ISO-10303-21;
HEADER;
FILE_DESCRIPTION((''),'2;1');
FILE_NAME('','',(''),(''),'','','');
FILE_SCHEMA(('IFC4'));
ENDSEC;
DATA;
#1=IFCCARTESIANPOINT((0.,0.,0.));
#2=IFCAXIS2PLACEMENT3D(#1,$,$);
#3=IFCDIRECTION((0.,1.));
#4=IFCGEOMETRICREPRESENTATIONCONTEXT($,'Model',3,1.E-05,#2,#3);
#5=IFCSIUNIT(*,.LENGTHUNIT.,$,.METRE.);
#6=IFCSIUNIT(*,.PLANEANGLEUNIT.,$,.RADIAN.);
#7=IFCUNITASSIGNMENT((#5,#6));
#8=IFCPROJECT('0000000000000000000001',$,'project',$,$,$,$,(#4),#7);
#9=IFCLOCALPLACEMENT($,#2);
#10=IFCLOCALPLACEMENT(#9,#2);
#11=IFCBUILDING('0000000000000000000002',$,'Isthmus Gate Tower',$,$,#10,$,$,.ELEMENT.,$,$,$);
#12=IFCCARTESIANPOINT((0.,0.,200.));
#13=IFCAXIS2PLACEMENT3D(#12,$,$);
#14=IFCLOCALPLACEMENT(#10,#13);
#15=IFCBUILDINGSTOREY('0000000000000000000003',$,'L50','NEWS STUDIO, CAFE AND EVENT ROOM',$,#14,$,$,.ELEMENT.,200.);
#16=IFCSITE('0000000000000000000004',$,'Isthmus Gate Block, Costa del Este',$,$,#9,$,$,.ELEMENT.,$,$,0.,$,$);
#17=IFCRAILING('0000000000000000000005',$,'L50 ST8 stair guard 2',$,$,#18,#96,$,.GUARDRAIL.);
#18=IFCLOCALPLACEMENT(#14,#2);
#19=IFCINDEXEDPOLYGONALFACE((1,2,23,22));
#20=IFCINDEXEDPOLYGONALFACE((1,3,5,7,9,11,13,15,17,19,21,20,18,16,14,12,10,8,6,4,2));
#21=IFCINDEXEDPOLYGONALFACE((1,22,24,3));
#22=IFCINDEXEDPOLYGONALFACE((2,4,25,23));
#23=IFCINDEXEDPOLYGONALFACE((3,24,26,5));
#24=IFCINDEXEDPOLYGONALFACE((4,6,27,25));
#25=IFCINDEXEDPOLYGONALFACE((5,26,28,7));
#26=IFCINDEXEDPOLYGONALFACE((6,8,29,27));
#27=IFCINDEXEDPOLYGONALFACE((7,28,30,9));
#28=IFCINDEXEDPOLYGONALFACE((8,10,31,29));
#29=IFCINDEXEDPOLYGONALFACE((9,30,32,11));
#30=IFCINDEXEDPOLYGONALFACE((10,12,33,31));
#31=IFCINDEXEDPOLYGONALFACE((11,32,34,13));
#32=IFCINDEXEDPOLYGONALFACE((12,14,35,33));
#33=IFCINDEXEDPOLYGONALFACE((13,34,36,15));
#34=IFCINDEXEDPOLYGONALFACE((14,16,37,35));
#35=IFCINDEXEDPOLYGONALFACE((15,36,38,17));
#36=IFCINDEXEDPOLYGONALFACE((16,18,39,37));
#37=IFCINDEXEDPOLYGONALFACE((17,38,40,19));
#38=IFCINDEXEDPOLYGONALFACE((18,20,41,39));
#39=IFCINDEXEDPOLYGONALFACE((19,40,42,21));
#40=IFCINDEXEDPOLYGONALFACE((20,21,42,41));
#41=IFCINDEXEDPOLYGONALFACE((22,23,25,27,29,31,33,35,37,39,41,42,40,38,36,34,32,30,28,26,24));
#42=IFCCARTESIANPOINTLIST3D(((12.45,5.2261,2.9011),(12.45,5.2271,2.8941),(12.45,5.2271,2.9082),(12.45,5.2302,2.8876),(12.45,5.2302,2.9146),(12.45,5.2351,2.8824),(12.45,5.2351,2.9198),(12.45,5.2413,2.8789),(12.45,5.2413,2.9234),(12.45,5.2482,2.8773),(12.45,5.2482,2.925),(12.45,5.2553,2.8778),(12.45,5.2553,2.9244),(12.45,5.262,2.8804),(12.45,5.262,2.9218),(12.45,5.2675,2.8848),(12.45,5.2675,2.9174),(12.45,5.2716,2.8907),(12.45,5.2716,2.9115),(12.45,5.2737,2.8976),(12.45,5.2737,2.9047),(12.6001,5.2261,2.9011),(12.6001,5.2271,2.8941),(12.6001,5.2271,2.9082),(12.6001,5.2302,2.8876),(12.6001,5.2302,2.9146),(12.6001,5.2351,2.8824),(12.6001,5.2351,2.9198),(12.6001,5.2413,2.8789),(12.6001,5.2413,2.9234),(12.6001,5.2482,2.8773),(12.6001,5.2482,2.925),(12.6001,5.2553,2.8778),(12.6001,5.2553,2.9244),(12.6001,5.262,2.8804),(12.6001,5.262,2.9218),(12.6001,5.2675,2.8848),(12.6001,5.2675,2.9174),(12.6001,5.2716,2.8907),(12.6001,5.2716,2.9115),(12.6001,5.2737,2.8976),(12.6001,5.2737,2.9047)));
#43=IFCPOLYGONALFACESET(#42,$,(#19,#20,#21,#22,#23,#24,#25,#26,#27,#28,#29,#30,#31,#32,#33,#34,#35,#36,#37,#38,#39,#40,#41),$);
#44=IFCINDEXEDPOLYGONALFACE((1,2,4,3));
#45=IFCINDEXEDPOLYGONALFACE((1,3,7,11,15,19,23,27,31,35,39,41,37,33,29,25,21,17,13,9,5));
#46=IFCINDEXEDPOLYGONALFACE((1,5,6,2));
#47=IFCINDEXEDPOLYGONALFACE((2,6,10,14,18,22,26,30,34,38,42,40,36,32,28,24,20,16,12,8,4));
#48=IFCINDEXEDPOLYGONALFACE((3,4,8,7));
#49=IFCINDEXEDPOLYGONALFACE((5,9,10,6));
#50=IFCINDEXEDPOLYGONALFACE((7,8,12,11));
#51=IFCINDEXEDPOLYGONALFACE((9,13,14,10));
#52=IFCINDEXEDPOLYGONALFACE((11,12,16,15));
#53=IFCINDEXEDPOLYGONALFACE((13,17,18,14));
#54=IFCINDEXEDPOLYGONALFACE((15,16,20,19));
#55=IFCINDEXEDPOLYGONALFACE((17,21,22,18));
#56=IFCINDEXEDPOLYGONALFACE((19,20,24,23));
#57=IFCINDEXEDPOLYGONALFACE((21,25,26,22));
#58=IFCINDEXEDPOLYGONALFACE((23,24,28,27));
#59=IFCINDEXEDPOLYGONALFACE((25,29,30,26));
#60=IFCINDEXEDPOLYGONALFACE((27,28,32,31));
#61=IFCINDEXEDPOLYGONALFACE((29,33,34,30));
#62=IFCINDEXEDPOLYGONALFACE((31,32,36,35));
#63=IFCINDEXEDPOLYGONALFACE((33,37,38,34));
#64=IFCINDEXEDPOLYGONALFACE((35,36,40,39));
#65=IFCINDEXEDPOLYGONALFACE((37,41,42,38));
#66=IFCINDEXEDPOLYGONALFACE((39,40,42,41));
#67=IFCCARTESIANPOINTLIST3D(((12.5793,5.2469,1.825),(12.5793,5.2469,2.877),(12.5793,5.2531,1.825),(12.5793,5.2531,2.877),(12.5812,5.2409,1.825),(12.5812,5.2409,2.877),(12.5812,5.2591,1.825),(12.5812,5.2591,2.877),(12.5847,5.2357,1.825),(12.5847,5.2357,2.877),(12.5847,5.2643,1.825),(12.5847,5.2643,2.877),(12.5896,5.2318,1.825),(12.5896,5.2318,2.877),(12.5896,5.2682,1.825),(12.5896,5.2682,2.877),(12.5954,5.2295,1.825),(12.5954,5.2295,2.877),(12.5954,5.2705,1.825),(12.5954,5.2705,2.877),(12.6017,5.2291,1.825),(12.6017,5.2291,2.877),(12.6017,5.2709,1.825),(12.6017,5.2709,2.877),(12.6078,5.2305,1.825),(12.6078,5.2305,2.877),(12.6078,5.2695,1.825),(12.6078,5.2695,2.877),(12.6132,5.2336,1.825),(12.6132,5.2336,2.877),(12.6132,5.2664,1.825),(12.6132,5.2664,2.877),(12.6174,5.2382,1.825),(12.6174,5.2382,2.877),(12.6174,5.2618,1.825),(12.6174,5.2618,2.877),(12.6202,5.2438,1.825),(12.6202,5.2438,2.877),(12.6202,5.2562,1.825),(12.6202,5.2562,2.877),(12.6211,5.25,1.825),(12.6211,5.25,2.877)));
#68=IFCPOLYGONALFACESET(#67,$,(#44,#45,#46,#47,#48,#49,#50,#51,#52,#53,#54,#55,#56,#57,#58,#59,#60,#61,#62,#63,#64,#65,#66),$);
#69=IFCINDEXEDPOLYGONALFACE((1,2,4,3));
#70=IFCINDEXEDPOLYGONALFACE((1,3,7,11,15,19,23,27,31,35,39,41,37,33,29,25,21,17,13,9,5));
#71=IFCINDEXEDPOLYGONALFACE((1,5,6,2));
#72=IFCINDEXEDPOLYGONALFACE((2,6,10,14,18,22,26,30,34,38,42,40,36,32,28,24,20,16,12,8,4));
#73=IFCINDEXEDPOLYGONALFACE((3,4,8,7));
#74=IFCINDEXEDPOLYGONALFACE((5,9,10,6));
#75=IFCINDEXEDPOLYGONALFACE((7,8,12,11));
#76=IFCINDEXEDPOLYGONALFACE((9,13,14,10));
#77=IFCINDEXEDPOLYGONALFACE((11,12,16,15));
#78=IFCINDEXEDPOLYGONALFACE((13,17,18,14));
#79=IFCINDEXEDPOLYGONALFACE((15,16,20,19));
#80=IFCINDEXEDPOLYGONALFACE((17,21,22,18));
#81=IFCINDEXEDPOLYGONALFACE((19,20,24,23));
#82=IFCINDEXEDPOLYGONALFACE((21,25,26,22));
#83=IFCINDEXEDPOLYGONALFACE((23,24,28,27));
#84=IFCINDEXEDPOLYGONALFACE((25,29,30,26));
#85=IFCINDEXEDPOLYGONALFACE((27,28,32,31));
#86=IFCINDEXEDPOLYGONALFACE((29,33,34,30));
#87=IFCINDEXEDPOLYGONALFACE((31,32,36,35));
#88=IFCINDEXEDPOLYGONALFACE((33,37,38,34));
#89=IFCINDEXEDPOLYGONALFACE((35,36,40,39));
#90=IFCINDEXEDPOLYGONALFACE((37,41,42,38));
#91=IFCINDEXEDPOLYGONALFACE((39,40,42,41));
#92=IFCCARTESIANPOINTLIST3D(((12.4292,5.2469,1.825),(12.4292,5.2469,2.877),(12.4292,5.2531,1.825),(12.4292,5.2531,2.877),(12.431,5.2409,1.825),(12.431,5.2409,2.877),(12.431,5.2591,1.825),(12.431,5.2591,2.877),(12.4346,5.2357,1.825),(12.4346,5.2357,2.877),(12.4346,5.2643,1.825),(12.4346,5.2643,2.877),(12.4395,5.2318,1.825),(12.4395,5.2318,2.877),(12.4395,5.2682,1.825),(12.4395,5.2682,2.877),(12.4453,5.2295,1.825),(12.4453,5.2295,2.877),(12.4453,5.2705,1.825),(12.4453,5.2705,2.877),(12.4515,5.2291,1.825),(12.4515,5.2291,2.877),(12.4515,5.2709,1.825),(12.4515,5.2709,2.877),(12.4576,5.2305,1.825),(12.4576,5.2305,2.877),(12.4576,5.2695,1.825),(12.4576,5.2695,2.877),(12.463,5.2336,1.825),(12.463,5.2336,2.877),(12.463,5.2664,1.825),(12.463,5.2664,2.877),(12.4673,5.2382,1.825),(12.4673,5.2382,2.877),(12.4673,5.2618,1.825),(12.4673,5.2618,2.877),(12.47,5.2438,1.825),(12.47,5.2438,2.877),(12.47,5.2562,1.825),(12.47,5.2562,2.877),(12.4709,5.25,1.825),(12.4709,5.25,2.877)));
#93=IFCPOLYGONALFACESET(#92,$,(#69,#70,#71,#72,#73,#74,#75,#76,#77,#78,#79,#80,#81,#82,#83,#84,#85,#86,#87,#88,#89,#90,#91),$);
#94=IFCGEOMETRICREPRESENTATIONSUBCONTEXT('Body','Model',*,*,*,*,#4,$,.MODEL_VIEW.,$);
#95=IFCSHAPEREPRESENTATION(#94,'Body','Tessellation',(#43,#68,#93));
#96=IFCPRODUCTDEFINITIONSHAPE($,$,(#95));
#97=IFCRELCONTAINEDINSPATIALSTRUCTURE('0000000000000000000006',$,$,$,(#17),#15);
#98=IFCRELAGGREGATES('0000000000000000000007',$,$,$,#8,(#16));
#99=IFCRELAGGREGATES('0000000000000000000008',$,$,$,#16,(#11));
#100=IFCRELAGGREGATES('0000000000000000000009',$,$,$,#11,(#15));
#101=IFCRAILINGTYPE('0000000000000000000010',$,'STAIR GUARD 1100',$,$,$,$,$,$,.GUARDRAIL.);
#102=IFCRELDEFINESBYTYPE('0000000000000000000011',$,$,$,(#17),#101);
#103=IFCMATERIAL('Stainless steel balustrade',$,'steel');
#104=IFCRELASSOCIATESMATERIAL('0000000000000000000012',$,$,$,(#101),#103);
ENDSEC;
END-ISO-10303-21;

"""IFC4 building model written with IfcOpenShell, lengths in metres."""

from ifc_helpers import new_model, si_unit, direction, frame, origin, origin_2d, place, context, subcontext, project, spatial, circle, extrude, material, type_object, element, save


model = new_model("IFC4")

# Units and contexts
model_context = context("Model", 3, precision=1e-05, world=origin(), true_north=direction((0.0, 1.0)))
body_context = subcontext(model_context, "Body", "Model", "MODEL_VIEW")
ifc_project = project(units=[si_unit("LENGTHUNIT", "METRE"), si_unit("PLANEANGLEUNIT", "RADIAN")], contexts=[model_context])

# Site, building, storey
site_placement = place(None, origin())
site = spatial("IfcSite", under=ifc_project, at=site_placement, Name="Isthmus Gate Block, Costa del Este", CompositionType="ELEMENT", RefElevation=0.0)
building_placement = place(site_placement, origin())
building = spatial("IfcBuilding", under=site, at=building_placement, Name="Isthmus Gate Tower", CompositionType="ELEMENT")
storey_placement = place(building_placement, frame((0.0, 0.0, 200.0)))
storey = spatial("IfcBuildingStorey", under=building, at=storey_placement, Name="L50", Description="NEWS STUDIO, CAFE AND EVENT ROOM", CompositionType="ELEMENT", Elevation=200.0)

# Railing
ifc_material_1 = material(Name="Stainless steel balustrade", Category="steel")
railing_type_1 = type_object("IfcRailingType", Name="STAIR GUARD 1100", PredefinedType="GUARDRAIL", material=ifc_material_1)
railing_1_placement = place(storey_placement, frame((12.6001, 5.25, 1.825)))
element("IfcRailing", 1, at=railing_1_placement, inside=storey, type_object=railing_type_1, Name="L50 ST8 stair guard 2", PredefinedType="GUARDRAIL", context=body_context, shape_type="SweptSolid", body=[
    extrude(circle(Radius=0.0239, at=origin_2d()), frame((0.0, 0.0, 1.0762), z_axis=(-1.0, 0.0, 0.0), x_axis=(0.0, -1.0, 0.0)), (0.0, 0.0, 1.0), 0.1501),
    extrude(circle(Radius=0.021, at=origin_2d()), origin(), (0.0, 0.0, 1.0), 1.052),
    extrude(circle(Radius=0.021, at=origin_2d()), frame((-0.1501, 0.0, 0.0)), (0.0, 0.0, 1.0), 1.052),
])

save(model, "model.ifc")
